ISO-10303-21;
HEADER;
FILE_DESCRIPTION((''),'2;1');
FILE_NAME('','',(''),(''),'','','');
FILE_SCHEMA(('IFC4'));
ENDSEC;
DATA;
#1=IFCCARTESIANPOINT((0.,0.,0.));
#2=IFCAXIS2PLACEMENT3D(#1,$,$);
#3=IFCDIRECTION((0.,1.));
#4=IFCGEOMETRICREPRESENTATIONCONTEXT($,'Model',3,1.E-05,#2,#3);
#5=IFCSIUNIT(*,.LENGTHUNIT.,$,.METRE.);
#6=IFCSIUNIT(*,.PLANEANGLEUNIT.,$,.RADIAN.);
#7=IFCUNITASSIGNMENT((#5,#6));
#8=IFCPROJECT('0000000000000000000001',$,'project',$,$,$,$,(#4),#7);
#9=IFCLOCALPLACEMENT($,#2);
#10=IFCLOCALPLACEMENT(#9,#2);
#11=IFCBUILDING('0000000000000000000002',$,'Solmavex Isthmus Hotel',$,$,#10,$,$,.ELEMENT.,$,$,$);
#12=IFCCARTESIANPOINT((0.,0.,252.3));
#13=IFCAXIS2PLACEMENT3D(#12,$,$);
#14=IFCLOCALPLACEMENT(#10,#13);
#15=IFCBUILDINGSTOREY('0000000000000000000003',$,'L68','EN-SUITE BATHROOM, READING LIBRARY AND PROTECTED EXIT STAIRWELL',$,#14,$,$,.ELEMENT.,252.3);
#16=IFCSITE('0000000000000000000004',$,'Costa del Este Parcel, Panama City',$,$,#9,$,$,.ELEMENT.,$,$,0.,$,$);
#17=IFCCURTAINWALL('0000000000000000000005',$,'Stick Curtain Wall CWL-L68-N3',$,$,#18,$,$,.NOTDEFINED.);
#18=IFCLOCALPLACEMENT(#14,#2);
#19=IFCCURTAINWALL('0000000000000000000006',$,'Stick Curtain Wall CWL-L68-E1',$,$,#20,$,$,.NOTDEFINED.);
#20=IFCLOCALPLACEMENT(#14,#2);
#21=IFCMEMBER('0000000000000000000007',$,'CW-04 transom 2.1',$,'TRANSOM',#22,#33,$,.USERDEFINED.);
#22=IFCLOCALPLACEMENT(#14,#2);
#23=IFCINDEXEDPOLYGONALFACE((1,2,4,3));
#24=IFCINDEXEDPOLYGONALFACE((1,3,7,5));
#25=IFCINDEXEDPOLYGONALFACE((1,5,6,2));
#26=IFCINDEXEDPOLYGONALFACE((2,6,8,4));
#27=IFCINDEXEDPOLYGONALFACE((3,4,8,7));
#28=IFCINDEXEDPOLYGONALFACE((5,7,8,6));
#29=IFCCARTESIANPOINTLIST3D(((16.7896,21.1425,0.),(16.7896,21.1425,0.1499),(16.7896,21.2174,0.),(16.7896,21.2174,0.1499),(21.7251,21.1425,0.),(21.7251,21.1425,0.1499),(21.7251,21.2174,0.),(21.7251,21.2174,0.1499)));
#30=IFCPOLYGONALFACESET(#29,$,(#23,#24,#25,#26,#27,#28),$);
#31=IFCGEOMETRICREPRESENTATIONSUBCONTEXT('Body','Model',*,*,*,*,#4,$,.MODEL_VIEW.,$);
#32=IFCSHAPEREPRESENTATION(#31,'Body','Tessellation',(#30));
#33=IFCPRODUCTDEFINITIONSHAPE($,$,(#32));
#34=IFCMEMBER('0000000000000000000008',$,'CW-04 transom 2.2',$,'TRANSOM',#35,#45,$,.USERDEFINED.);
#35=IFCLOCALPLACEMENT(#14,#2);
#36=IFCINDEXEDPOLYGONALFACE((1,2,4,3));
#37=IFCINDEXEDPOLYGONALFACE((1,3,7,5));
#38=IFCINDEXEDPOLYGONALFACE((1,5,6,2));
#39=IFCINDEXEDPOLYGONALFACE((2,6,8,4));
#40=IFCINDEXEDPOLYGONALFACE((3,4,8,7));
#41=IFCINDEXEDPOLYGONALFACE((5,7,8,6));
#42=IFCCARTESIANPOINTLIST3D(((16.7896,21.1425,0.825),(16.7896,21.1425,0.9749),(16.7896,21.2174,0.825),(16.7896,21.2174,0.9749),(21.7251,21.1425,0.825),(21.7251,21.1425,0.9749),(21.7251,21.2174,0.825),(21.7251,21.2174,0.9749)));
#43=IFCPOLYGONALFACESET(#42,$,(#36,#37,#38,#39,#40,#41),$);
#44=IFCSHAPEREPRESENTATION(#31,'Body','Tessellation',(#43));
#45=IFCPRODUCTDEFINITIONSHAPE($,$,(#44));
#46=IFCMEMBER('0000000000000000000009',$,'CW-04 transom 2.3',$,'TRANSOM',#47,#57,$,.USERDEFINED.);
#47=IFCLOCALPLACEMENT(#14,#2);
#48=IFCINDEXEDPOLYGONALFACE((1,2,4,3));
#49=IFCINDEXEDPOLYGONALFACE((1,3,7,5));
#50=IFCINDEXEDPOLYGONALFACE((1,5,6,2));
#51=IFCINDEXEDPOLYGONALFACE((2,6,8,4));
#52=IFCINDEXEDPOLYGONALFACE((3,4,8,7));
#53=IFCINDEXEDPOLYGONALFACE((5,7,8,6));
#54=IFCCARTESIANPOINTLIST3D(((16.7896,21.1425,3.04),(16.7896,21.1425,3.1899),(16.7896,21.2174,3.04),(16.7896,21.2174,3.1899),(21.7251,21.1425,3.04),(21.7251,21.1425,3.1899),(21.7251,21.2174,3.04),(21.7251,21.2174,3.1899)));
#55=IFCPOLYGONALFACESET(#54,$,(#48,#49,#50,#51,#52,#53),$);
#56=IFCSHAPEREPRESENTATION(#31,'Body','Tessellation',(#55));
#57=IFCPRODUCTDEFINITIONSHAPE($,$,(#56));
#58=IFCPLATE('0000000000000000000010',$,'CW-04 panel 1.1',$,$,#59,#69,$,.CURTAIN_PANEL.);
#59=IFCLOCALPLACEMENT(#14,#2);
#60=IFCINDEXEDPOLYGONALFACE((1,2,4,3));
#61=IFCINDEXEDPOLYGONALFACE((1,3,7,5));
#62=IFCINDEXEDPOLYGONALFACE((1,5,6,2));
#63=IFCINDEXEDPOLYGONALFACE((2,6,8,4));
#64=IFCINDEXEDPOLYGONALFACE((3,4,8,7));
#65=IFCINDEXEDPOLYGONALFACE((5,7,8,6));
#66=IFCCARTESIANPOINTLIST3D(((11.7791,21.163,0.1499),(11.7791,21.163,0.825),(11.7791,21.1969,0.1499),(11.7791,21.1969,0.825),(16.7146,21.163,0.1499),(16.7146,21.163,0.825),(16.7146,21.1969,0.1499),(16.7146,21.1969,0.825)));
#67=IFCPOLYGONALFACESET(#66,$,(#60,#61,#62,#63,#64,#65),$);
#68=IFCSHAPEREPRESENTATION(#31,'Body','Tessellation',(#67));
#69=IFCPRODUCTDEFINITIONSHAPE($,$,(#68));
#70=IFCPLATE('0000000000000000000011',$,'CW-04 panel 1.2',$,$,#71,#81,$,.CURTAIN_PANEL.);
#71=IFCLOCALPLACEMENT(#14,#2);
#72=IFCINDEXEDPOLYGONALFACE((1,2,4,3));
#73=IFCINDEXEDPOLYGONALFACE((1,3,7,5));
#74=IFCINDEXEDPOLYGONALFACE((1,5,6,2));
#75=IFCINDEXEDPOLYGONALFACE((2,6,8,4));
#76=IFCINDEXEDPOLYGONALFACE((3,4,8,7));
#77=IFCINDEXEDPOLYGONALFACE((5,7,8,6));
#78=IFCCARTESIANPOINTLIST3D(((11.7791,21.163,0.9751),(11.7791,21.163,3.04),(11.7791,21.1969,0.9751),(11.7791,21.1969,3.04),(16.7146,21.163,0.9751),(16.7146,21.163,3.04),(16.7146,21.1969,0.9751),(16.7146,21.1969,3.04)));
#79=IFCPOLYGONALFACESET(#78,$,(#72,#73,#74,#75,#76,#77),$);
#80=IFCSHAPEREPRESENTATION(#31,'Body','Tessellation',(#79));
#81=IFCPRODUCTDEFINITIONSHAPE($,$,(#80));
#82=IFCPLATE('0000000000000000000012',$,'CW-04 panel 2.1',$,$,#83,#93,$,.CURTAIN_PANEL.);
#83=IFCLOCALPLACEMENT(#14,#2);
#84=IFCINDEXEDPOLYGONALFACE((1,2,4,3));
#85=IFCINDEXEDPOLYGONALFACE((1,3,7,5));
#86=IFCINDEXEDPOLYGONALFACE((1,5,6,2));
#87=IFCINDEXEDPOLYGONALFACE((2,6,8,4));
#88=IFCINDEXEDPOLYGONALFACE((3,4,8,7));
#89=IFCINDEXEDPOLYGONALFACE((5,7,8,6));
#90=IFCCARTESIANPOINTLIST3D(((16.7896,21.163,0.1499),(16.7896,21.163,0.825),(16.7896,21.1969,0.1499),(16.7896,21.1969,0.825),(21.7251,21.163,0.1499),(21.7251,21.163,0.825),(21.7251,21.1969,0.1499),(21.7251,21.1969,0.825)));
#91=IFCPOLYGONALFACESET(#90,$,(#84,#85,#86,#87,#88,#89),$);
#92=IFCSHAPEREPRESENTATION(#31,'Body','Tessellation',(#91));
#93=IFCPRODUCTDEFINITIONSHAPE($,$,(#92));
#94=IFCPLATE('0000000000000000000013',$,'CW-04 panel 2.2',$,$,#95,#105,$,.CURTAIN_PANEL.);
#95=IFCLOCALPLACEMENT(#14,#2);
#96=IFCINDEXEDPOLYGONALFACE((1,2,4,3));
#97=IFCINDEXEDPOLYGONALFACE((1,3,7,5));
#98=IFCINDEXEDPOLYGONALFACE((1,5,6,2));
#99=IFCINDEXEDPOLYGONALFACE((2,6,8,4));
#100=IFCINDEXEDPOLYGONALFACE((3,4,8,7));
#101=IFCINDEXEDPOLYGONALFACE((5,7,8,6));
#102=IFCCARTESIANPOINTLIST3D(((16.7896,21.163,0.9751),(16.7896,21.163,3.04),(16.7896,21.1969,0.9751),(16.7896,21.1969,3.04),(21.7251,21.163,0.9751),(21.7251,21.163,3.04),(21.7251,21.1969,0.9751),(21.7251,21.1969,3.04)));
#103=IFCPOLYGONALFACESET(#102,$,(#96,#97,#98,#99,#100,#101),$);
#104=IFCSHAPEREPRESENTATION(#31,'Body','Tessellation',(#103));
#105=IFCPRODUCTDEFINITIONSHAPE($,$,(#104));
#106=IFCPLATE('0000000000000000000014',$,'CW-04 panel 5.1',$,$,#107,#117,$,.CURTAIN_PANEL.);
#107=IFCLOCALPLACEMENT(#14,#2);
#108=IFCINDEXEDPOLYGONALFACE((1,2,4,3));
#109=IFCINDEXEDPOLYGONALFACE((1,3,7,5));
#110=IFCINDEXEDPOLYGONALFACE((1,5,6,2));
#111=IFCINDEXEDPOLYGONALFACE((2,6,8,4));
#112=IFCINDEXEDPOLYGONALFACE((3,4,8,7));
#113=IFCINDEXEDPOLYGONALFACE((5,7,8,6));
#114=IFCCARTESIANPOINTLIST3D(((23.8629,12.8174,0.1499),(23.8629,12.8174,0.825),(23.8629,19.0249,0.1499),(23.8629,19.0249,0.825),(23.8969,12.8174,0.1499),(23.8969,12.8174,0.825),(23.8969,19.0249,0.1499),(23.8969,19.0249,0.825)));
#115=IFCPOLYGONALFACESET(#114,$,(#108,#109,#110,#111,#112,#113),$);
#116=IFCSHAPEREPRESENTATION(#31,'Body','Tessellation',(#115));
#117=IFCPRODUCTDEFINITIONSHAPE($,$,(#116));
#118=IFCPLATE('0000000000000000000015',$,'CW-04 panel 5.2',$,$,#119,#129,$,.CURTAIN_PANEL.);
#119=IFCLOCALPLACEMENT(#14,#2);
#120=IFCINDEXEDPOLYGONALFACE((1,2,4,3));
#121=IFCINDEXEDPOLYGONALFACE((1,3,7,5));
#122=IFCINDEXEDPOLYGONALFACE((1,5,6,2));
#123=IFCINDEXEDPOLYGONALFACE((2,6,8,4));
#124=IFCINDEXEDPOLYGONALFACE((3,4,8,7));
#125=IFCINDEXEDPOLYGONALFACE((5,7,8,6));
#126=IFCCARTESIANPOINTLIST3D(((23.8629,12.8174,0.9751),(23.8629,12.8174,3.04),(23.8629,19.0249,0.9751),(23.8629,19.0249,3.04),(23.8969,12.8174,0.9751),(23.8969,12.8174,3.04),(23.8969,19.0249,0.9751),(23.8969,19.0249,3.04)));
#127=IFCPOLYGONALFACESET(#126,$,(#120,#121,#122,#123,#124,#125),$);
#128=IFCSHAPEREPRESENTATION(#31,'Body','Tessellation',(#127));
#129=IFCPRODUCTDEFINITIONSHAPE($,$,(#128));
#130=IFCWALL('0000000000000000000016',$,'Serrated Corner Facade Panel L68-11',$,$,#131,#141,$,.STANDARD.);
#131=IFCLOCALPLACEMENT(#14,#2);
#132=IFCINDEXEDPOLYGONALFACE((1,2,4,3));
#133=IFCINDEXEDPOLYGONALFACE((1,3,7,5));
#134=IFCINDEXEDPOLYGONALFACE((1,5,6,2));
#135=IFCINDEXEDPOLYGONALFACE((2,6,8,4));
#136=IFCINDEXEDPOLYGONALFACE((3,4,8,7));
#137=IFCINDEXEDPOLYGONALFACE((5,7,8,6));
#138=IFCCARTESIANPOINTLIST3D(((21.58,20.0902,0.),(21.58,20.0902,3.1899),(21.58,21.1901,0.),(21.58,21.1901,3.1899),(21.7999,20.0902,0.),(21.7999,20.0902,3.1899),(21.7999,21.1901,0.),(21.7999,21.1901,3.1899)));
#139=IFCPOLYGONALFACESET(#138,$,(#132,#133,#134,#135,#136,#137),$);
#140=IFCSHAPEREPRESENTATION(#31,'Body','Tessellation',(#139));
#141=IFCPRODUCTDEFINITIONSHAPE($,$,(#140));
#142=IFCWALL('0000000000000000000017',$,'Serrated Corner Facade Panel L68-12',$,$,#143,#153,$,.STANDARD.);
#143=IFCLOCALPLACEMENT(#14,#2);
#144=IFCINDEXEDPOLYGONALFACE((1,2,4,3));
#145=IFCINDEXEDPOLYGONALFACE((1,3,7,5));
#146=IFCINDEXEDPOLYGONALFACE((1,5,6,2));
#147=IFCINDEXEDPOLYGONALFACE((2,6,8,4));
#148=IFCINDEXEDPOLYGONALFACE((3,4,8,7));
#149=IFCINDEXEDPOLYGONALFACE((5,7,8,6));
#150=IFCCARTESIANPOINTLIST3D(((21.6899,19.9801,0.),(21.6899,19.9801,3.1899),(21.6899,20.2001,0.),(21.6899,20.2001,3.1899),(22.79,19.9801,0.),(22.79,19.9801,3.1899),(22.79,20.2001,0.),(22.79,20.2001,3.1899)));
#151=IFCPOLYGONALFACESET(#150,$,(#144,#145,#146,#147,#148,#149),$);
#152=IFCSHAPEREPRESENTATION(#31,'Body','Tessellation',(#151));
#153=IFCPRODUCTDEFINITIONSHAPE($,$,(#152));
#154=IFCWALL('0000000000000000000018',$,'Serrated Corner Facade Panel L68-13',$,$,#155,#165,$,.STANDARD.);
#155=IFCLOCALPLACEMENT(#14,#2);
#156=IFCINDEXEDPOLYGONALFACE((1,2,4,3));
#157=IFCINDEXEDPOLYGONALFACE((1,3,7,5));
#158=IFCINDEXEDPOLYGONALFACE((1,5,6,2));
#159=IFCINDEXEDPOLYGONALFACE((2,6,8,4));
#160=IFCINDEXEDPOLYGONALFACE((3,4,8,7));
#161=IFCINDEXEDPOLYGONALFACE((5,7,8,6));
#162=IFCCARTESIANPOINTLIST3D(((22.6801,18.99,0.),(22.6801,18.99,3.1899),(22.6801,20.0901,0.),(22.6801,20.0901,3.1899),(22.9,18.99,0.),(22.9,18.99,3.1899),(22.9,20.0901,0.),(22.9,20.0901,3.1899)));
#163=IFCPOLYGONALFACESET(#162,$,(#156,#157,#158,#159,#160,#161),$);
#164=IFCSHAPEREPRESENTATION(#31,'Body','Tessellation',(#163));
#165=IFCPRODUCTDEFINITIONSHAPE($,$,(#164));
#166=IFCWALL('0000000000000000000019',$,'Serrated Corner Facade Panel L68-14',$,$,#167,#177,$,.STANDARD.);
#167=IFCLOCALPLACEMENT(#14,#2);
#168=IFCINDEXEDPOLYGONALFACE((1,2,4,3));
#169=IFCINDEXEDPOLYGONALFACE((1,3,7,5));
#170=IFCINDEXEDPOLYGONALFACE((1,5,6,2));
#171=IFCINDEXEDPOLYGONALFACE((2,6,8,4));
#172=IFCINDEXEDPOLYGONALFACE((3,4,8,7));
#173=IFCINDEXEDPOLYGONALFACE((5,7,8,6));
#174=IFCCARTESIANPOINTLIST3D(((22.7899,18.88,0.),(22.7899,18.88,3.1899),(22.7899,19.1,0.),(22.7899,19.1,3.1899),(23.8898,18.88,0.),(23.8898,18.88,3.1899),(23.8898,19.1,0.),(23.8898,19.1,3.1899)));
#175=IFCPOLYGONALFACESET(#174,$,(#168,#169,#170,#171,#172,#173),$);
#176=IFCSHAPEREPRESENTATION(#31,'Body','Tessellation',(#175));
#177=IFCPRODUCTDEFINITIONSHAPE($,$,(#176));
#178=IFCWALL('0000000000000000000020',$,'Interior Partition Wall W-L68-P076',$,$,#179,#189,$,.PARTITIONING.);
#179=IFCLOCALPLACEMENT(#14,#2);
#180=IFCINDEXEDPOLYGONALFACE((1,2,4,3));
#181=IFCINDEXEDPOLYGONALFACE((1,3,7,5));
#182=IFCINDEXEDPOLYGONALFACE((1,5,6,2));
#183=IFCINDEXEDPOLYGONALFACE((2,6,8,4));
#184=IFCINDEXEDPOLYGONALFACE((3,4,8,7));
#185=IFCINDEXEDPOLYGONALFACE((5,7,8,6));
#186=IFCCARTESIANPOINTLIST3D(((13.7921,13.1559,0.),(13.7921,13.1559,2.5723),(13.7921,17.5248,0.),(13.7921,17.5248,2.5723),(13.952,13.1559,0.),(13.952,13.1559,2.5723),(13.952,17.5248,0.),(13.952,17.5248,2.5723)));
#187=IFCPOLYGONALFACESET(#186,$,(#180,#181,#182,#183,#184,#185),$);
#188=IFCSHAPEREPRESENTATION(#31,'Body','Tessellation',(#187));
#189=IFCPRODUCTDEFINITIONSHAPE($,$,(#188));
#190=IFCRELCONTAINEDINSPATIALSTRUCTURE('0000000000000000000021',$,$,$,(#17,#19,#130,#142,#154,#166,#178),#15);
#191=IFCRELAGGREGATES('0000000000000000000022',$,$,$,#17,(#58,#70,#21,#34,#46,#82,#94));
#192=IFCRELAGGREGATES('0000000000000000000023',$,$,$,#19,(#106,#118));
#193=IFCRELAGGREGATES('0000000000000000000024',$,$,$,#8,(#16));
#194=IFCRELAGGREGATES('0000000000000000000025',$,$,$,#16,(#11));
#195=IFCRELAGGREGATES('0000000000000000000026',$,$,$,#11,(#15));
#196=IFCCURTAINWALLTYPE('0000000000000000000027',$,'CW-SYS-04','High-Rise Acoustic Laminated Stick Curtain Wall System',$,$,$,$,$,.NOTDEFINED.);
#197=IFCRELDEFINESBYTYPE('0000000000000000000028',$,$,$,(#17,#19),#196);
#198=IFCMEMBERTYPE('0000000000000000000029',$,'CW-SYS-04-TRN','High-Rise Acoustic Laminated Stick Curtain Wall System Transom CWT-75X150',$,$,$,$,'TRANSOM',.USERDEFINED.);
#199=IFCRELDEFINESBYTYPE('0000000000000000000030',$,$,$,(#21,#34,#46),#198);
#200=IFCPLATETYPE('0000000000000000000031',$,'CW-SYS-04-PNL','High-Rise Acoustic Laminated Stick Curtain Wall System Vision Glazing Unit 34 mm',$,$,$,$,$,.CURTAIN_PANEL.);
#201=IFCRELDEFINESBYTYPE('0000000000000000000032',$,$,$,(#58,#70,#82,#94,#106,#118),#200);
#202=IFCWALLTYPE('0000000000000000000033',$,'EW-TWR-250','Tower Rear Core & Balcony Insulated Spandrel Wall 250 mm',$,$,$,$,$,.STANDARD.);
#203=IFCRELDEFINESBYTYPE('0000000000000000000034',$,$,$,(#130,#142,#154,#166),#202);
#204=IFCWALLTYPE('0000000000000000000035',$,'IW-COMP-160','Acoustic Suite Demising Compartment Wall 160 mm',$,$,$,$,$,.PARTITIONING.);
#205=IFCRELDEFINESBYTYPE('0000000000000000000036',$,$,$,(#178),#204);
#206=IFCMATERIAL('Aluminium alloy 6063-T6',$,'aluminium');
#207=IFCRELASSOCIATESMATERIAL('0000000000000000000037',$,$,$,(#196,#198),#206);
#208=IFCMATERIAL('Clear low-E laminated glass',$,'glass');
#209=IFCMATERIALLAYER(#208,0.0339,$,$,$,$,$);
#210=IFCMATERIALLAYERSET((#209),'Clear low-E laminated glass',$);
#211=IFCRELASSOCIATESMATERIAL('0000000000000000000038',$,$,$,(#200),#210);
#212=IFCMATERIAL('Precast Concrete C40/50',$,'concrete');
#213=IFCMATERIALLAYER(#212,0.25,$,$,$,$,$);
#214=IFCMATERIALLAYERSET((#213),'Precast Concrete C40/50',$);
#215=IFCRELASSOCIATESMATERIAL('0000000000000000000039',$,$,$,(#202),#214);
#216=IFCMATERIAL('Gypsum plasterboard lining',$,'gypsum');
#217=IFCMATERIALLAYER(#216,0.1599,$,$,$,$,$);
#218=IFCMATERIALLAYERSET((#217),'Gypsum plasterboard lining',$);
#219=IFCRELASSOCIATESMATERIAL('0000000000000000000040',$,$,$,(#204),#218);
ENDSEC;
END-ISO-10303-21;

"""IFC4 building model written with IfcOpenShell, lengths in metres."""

from ifc_helpers import new_model, si_unit, direction, frame, frame_2d, origin, origin_2d, place, context, subcontext, project, spatial, rectangle, extrude, material, layer, layer_set, material_profile, profile_set, type_object, element, aggregate, save


model = new_model("IFC4")

# Units and contexts
model_context = context("Model", 3, precision=1e-05, world=origin(), true_north=direction((0.0, 1.0)))
body_context = subcontext(model_context, "Body", "Model", "MODEL_VIEW")
ifc_project = project(units=[si_unit("LENGTHUNIT", "METRE"), si_unit("PLANEANGLEUNIT", "RADIAN")], contexts=[model_context])

# Site, building, storey
site_placement = place(None, origin())
site = spatial("IfcSite", under=ifc_project, at=site_placement, Name="Costa del Este Parcel, Panama City", CompositionType="ELEMENT", RefElevation=0.0)
building_placement = place(site_placement, origin())
building = spatial("IfcBuilding", under=site, at=building_placement, Name="Solmavex Isthmus Hotel", CompositionType="ELEMENT")
storey_placement = place(building_placement, frame((0.0, 0.0, 252.3)))
storey = spatial("IfcBuildingStorey", under=building, at=storey_placement, Name="L68", Description="EN-SUITE BATHROOM, READING LIBRARY AND PROTECTED EXIT STAIRWELL", CompositionType="ELEMENT", Elevation=252.3)

# Curtain wall
ifc_material_1 = material(Name="Aluminium alloy 6063-T6", Category="aluminium")
curtain_wall_type = type_object("IfcCurtainWallType", Name="CW-SYS-04", Description="High-Rise Acoustic Laminated Stick Curtain Wall System", PredefinedType="NOTDEFINED", material=ifc_material_1)
curtain_wall_1_placement = place(storey_placement, origin())
curtain_wall_1 = element("IfcCurtainWall", 1, at=curtain_wall_1_placement, inside=storey, type_object=curtain_wall_type, Name="Stick Curtain Wall CWL-L68-N3", PredefinedType="NOTDEFINED")

# Curtain wall
curtain_wall_2_placement = place(storey_placement, origin())
curtain_wall_2 = element("IfcCurtainWall", 2, at=curtain_wall_2_placement, inside=storey, type_object=curtain_wall_type, Name="Stick Curtain Wall CWL-L68-E1", PredefinedType="NOTDEFINED")

# Members
ifc_material_profile_1 = material_profile(ifc_material_1, rectangle(XDim=0.075, YDim=0.1499, at=origin_2d()), Name="CWT-75X150")
ifc_profile_set_1 = profile_set([ifc_material_profile_1], Name="Aluminium alloy 6063-T6")
member_type_1 = type_object("IfcMemberType", Name="CW-SYS-04-TRN", Description="High-Rise Acoustic Laminated Stick Curtain Wall System Transom CWT-75X150", ElementType="TRANSOM", PredefinedType="USERDEFINED", material=ifc_profile_set_1)
member_1_placement = place(storey_placement, frame((16.7896, 21.1799, 0.075), z_axis=(1.0, 0.0, 0.0), x_axis=(0.0, 1.0, 0.0)))
member_1 = element("IfcMember", 3, at=member_1_placement, type_object=member_type_1, Name="CW-04 transom 2.1", ObjectType="TRANSOM", PredefinedType="USERDEFINED", context=body_context, shape_type="SweptSolid", body=[
    extrude(rectangle(XDim=0.075, YDim=0.1499, at=origin_2d()), origin(), (0.0, 0.0, 1.0), 4.9355),
])
member_2_placement = place(storey_placement, frame((16.7896, 21.1799, 0.8999), z_axis=(1.0, 0.0, 0.0), x_axis=(0.0, 1.0, 0.0)))
member_2 = element("IfcMember", 4, at=member_2_placement, type_object=member_type_1, Name="CW-04 transom 2.2", ObjectType="TRANSOM", PredefinedType="USERDEFINED", context=body_context, shape_type="SweptSolid", body=[
    extrude(rectangle(XDim=0.075, YDim=0.1499, at=origin_2d()), origin(), (0.0, 0.0, 1.0), 4.9355),
])
member_3_placement = place(storey_placement, frame((16.7896, 21.1799, 3.115), z_axis=(1.0, 0.0, 0.0), x_axis=(0.0, 1.0, 0.0)))
member_3 = element("IfcMember", 5, at=member_3_placement, type_object=member_type_1, Name="CW-04 transom 2.3", ObjectType="TRANSOM", PredefinedType="USERDEFINED", context=body_context, shape_type="SweptSolid", body=[
    extrude(rectangle(XDim=0.075, YDim=0.1499, at=origin_2d()), origin(), (0.0, 0.0, 1.0), 4.9355),
])

# Plates
ifc_material_2 = material(Name="Clear low-E laminated glass", Category="glass")
ifc_layer_1 = layer(ifc_material_2, 0.0339)
ifc_layer_set_1 = layer_set([ifc_layer_1], Name="Clear low-E laminated glass")
plate_type = type_object("IfcPlateType", Name="CW-SYS-04-PNL", Description="High-Rise Acoustic Laminated Stick Curtain Wall System Vision Glazing Unit 34 mm", PredefinedType="CURTAIN_PANEL", material=ifc_layer_set_1)
plate_1_placement = place(storey_placement, frame((14.2468, 21.1799, 0.1499), z_axis=(0.0, 0.0, 1.0), x_axis=(1.0, 0.0, 0.0)))
plate_1 = element("IfcPlate", 6, at=plate_1_placement, type_object=plate_type, Name="CW-04 panel 1.1", PredefinedType="CURTAIN_PANEL", context=body_context, shape_type="SweptSolid", body=[
    extrude(rectangle(XDim=4.9355, YDim=0.0339, at=origin_2d()), origin(), (0.0, 0.0, 1.0), 0.675),
])
plate_2_placement = place(storey_placement, frame((14.2468, 21.1799, 0.9751), z_axis=(0.0, 0.0, 1.0), x_axis=(1.0, 0.0, 0.0)))
plate_2 = element("IfcPlate", 7, at=plate_2_placement, type_object=plate_type, Name="CW-04 panel 1.2", PredefinedType="CURTAIN_PANEL", context=body_context, shape_type="SweptSolid", body=[
    extrude(rectangle(XDim=4.9355, YDim=0.0339, at=origin_2d()), origin(), (0.0, 0.0, 1.0), 2.0649),
])
plate_3_placement = place(storey_placement, frame((19.2573, 21.1799, 0.1499), z_axis=(0.0, 0.0, 1.0), x_axis=(1.0, 0.0, 0.0)))
plate_3 = element("IfcPlate", 8, at=plate_3_placement, type_object=plate_type, Name="CW-04 panel 2.1", PredefinedType="CURTAIN_PANEL", context=body_context, shape_type="SweptSolid", body=[
    extrude(rectangle(XDim=4.9355, YDim=0.0339, at=origin_2d()), origin(), (0.0, 0.0, 1.0), 0.675),
])
plate_4_placement = place(storey_placement, frame((19.2573, 21.1799, 0.9751), z_axis=(0.0, 0.0, 1.0), x_axis=(1.0, 0.0, 0.0)))
plate_4 = element("IfcPlate", 9, at=plate_4_placement, type_object=plate_type, Name="CW-04 panel 2.2", PredefinedType="CURTAIN_PANEL", context=body_context, shape_type="SweptSolid", body=[
    extrude(rectangle(XDim=4.9355, YDim=0.0339, at=origin_2d()), origin(), (0.0, 0.0, 1.0), 2.0649),
])
aggregate(curtain_wall_1, [plate_1, plate_2, member_1, member_2, member_3, plate_3, plate_4])
plate_5_placement = place(storey_placement, frame((23.8799, 15.9211, 0.1499), z_axis=(0.0, 0.0, 1.0), x_axis=(0.0, 1.0, 0.0)))
plate_5 = element("IfcPlate", 10, at=plate_5_placement, type_object=plate_type, Name="CW-04 panel 5.1", PredefinedType="CURTAIN_PANEL", context=body_context, shape_type="SweptSolid", body=[
    extrude(rectangle(XDim=6.2075, YDim=0.0339, at=origin_2d()), origin(), (0.0, 0.0, 1.0), 0.675),
])
plate_6_placement = place(storey_placement, frame((23.8799, 15.9211, 0.9751), z_axis=(0.0, 0.0, 1.0), x_axis=(0.0, 1.0, 0.0)))
plate_6 = element("IfcPlate", 11, at=plate_6_placement, type_object=plate_type, Name="CW-04 panel 5.2", PredefinedType="CURTAIN_PANEL", context=body_context, shape_type="SweptSolid", body=[
    extrude(rectangle(XDim=6.2075, YDim=0.0339, at=origin_2d()), origin(), (0.0, 0.0, 1.0), 2.0649),
])
aggregate(curtain_wall_2, [plate_5, plate_6])

# Walls
ifc_material_3 = material(Name="Precast Concrete C40/50", Category="concrete")
ifc_layer_2 = layer(ifc_material_3, 0.25)
ifc_layer_set_2 = layer_set([ifc_layer_2], Name="Precast Concrete C40/50")
wall_type_1 = type_object("IfcWallType", Name="EW-TWR-250", Description="Tower Rear Core & Balcony Insulated Spandrel Wall 250 mm", PredefinedType="STANDARD", material=ifc_layer_set_2)
wall_1_placement = place(storey_placement, frame((21.6899, 21.1899, 0.0), z_axis=(0.0, 0.0, 1.0), x_axis=(0.0, -1.0, 0.0)))
element("IfcWall", 12, at=wall_1_placement, inside=storey, type_object=wall_type_1, Name="Serrated Corner Facade Panel L68-11", PredefinedType="STANDARD", context=body_context, shape_type="SweptSolid", body=[
    extrude(rectangle(XDim=1.0999, YDim=0.22, at=frame_2d((0.5498, 0.0))), origin(), (0.0, 0.0, 1.0), 3.1899),
])
for number, where, z_axis, x_axis, name in (
    (13, (21.6899, 20.0901, 0.0), (0.0, 0.0, 1.0), (1.0, 0.0, 0.0), "Serrated Corner Facade Panel L68-12"),
    (14, (22.79, 20.0901, 0.0), (0.0, 0.0, 1.0), (0.0, -1.0, 0.0), "Serrated Corner Facade Panel L68-13"),
):
    element("IfcWall", number, at=place(storey_placement, frame(where, z_axis=z_axis, x_axis=x_axis)), inside=storey, type_object=wall_type_1, Name=name, PredefinedType="STANDARD", context=body_context, shape_type="SweptSolid", body=[
        extrude(rectangle(XDim=1.1001, YDim=0.22, at=frame_2d((0.55, 0.0))), origin(), (0.0, 0.0, 1.0), 3.1899),
    ])
wall_2_placement = place(storey_placement, frame((22.79, 18.99, 0.0), z_axis=(0.0, 0.0, 1.0), x_axis=(1.0, 0.0, 0.0)))
element("IfcWall", 15, at=wall_2_placement, inside=storey, type_object=wall_type_1, Name="Serrated Corner Facade Panel L68-14", PredefinedType="STANDARD", context=body_context, shape_type="SweptSolid", body=[
    extrude(rectangle(XDim=1.0999, YDim=0.22, at=frame_2d((0.5498, 0.0))), origin(), (0.0, 0.0, 1.0), 3.1899),
])
ifc_material_4 = material(Name="Gypsum plasterboard lining", Category="gypsum")
ifc_layer_3 = layer(ifc_material_4, 0.1599)
ifc_layer_set_3 = layer_set([ifc_layer_3], Name="Gypsum plasterboard lining")
wall_type_2 = type_object("IfcWallType", Name="IW-COMP-160", Description="Acoustic Suite Demising Compartment Wall 160 mm", PredefinedType="PARTITIONING", material=ifc_layer_set_3)
wall_3_placement = place(storey_placement, frame((13.8721, 17.5249, 0.0), z_axis=(0.0, 0.0, 1.0), x_axis=(0.0, -1.0, 0.0)))
element("IfcWall", 16, at=wall_3_placement, inside=storey, type_object=wall_type_2, Name="Interior Partition Wall W-L68-P076", PredefinedType="PARTITIONING", context=body_context, shape_type="SweptSolid", body=[
    extrude(rectangle(XDim=4.3689, YDim=0.1599, at=frame_2d((2.1846, 0.0))), origin(), (0.0, 0.0, 1.0), 2.5723),
])

save(model, "model.ifc")
